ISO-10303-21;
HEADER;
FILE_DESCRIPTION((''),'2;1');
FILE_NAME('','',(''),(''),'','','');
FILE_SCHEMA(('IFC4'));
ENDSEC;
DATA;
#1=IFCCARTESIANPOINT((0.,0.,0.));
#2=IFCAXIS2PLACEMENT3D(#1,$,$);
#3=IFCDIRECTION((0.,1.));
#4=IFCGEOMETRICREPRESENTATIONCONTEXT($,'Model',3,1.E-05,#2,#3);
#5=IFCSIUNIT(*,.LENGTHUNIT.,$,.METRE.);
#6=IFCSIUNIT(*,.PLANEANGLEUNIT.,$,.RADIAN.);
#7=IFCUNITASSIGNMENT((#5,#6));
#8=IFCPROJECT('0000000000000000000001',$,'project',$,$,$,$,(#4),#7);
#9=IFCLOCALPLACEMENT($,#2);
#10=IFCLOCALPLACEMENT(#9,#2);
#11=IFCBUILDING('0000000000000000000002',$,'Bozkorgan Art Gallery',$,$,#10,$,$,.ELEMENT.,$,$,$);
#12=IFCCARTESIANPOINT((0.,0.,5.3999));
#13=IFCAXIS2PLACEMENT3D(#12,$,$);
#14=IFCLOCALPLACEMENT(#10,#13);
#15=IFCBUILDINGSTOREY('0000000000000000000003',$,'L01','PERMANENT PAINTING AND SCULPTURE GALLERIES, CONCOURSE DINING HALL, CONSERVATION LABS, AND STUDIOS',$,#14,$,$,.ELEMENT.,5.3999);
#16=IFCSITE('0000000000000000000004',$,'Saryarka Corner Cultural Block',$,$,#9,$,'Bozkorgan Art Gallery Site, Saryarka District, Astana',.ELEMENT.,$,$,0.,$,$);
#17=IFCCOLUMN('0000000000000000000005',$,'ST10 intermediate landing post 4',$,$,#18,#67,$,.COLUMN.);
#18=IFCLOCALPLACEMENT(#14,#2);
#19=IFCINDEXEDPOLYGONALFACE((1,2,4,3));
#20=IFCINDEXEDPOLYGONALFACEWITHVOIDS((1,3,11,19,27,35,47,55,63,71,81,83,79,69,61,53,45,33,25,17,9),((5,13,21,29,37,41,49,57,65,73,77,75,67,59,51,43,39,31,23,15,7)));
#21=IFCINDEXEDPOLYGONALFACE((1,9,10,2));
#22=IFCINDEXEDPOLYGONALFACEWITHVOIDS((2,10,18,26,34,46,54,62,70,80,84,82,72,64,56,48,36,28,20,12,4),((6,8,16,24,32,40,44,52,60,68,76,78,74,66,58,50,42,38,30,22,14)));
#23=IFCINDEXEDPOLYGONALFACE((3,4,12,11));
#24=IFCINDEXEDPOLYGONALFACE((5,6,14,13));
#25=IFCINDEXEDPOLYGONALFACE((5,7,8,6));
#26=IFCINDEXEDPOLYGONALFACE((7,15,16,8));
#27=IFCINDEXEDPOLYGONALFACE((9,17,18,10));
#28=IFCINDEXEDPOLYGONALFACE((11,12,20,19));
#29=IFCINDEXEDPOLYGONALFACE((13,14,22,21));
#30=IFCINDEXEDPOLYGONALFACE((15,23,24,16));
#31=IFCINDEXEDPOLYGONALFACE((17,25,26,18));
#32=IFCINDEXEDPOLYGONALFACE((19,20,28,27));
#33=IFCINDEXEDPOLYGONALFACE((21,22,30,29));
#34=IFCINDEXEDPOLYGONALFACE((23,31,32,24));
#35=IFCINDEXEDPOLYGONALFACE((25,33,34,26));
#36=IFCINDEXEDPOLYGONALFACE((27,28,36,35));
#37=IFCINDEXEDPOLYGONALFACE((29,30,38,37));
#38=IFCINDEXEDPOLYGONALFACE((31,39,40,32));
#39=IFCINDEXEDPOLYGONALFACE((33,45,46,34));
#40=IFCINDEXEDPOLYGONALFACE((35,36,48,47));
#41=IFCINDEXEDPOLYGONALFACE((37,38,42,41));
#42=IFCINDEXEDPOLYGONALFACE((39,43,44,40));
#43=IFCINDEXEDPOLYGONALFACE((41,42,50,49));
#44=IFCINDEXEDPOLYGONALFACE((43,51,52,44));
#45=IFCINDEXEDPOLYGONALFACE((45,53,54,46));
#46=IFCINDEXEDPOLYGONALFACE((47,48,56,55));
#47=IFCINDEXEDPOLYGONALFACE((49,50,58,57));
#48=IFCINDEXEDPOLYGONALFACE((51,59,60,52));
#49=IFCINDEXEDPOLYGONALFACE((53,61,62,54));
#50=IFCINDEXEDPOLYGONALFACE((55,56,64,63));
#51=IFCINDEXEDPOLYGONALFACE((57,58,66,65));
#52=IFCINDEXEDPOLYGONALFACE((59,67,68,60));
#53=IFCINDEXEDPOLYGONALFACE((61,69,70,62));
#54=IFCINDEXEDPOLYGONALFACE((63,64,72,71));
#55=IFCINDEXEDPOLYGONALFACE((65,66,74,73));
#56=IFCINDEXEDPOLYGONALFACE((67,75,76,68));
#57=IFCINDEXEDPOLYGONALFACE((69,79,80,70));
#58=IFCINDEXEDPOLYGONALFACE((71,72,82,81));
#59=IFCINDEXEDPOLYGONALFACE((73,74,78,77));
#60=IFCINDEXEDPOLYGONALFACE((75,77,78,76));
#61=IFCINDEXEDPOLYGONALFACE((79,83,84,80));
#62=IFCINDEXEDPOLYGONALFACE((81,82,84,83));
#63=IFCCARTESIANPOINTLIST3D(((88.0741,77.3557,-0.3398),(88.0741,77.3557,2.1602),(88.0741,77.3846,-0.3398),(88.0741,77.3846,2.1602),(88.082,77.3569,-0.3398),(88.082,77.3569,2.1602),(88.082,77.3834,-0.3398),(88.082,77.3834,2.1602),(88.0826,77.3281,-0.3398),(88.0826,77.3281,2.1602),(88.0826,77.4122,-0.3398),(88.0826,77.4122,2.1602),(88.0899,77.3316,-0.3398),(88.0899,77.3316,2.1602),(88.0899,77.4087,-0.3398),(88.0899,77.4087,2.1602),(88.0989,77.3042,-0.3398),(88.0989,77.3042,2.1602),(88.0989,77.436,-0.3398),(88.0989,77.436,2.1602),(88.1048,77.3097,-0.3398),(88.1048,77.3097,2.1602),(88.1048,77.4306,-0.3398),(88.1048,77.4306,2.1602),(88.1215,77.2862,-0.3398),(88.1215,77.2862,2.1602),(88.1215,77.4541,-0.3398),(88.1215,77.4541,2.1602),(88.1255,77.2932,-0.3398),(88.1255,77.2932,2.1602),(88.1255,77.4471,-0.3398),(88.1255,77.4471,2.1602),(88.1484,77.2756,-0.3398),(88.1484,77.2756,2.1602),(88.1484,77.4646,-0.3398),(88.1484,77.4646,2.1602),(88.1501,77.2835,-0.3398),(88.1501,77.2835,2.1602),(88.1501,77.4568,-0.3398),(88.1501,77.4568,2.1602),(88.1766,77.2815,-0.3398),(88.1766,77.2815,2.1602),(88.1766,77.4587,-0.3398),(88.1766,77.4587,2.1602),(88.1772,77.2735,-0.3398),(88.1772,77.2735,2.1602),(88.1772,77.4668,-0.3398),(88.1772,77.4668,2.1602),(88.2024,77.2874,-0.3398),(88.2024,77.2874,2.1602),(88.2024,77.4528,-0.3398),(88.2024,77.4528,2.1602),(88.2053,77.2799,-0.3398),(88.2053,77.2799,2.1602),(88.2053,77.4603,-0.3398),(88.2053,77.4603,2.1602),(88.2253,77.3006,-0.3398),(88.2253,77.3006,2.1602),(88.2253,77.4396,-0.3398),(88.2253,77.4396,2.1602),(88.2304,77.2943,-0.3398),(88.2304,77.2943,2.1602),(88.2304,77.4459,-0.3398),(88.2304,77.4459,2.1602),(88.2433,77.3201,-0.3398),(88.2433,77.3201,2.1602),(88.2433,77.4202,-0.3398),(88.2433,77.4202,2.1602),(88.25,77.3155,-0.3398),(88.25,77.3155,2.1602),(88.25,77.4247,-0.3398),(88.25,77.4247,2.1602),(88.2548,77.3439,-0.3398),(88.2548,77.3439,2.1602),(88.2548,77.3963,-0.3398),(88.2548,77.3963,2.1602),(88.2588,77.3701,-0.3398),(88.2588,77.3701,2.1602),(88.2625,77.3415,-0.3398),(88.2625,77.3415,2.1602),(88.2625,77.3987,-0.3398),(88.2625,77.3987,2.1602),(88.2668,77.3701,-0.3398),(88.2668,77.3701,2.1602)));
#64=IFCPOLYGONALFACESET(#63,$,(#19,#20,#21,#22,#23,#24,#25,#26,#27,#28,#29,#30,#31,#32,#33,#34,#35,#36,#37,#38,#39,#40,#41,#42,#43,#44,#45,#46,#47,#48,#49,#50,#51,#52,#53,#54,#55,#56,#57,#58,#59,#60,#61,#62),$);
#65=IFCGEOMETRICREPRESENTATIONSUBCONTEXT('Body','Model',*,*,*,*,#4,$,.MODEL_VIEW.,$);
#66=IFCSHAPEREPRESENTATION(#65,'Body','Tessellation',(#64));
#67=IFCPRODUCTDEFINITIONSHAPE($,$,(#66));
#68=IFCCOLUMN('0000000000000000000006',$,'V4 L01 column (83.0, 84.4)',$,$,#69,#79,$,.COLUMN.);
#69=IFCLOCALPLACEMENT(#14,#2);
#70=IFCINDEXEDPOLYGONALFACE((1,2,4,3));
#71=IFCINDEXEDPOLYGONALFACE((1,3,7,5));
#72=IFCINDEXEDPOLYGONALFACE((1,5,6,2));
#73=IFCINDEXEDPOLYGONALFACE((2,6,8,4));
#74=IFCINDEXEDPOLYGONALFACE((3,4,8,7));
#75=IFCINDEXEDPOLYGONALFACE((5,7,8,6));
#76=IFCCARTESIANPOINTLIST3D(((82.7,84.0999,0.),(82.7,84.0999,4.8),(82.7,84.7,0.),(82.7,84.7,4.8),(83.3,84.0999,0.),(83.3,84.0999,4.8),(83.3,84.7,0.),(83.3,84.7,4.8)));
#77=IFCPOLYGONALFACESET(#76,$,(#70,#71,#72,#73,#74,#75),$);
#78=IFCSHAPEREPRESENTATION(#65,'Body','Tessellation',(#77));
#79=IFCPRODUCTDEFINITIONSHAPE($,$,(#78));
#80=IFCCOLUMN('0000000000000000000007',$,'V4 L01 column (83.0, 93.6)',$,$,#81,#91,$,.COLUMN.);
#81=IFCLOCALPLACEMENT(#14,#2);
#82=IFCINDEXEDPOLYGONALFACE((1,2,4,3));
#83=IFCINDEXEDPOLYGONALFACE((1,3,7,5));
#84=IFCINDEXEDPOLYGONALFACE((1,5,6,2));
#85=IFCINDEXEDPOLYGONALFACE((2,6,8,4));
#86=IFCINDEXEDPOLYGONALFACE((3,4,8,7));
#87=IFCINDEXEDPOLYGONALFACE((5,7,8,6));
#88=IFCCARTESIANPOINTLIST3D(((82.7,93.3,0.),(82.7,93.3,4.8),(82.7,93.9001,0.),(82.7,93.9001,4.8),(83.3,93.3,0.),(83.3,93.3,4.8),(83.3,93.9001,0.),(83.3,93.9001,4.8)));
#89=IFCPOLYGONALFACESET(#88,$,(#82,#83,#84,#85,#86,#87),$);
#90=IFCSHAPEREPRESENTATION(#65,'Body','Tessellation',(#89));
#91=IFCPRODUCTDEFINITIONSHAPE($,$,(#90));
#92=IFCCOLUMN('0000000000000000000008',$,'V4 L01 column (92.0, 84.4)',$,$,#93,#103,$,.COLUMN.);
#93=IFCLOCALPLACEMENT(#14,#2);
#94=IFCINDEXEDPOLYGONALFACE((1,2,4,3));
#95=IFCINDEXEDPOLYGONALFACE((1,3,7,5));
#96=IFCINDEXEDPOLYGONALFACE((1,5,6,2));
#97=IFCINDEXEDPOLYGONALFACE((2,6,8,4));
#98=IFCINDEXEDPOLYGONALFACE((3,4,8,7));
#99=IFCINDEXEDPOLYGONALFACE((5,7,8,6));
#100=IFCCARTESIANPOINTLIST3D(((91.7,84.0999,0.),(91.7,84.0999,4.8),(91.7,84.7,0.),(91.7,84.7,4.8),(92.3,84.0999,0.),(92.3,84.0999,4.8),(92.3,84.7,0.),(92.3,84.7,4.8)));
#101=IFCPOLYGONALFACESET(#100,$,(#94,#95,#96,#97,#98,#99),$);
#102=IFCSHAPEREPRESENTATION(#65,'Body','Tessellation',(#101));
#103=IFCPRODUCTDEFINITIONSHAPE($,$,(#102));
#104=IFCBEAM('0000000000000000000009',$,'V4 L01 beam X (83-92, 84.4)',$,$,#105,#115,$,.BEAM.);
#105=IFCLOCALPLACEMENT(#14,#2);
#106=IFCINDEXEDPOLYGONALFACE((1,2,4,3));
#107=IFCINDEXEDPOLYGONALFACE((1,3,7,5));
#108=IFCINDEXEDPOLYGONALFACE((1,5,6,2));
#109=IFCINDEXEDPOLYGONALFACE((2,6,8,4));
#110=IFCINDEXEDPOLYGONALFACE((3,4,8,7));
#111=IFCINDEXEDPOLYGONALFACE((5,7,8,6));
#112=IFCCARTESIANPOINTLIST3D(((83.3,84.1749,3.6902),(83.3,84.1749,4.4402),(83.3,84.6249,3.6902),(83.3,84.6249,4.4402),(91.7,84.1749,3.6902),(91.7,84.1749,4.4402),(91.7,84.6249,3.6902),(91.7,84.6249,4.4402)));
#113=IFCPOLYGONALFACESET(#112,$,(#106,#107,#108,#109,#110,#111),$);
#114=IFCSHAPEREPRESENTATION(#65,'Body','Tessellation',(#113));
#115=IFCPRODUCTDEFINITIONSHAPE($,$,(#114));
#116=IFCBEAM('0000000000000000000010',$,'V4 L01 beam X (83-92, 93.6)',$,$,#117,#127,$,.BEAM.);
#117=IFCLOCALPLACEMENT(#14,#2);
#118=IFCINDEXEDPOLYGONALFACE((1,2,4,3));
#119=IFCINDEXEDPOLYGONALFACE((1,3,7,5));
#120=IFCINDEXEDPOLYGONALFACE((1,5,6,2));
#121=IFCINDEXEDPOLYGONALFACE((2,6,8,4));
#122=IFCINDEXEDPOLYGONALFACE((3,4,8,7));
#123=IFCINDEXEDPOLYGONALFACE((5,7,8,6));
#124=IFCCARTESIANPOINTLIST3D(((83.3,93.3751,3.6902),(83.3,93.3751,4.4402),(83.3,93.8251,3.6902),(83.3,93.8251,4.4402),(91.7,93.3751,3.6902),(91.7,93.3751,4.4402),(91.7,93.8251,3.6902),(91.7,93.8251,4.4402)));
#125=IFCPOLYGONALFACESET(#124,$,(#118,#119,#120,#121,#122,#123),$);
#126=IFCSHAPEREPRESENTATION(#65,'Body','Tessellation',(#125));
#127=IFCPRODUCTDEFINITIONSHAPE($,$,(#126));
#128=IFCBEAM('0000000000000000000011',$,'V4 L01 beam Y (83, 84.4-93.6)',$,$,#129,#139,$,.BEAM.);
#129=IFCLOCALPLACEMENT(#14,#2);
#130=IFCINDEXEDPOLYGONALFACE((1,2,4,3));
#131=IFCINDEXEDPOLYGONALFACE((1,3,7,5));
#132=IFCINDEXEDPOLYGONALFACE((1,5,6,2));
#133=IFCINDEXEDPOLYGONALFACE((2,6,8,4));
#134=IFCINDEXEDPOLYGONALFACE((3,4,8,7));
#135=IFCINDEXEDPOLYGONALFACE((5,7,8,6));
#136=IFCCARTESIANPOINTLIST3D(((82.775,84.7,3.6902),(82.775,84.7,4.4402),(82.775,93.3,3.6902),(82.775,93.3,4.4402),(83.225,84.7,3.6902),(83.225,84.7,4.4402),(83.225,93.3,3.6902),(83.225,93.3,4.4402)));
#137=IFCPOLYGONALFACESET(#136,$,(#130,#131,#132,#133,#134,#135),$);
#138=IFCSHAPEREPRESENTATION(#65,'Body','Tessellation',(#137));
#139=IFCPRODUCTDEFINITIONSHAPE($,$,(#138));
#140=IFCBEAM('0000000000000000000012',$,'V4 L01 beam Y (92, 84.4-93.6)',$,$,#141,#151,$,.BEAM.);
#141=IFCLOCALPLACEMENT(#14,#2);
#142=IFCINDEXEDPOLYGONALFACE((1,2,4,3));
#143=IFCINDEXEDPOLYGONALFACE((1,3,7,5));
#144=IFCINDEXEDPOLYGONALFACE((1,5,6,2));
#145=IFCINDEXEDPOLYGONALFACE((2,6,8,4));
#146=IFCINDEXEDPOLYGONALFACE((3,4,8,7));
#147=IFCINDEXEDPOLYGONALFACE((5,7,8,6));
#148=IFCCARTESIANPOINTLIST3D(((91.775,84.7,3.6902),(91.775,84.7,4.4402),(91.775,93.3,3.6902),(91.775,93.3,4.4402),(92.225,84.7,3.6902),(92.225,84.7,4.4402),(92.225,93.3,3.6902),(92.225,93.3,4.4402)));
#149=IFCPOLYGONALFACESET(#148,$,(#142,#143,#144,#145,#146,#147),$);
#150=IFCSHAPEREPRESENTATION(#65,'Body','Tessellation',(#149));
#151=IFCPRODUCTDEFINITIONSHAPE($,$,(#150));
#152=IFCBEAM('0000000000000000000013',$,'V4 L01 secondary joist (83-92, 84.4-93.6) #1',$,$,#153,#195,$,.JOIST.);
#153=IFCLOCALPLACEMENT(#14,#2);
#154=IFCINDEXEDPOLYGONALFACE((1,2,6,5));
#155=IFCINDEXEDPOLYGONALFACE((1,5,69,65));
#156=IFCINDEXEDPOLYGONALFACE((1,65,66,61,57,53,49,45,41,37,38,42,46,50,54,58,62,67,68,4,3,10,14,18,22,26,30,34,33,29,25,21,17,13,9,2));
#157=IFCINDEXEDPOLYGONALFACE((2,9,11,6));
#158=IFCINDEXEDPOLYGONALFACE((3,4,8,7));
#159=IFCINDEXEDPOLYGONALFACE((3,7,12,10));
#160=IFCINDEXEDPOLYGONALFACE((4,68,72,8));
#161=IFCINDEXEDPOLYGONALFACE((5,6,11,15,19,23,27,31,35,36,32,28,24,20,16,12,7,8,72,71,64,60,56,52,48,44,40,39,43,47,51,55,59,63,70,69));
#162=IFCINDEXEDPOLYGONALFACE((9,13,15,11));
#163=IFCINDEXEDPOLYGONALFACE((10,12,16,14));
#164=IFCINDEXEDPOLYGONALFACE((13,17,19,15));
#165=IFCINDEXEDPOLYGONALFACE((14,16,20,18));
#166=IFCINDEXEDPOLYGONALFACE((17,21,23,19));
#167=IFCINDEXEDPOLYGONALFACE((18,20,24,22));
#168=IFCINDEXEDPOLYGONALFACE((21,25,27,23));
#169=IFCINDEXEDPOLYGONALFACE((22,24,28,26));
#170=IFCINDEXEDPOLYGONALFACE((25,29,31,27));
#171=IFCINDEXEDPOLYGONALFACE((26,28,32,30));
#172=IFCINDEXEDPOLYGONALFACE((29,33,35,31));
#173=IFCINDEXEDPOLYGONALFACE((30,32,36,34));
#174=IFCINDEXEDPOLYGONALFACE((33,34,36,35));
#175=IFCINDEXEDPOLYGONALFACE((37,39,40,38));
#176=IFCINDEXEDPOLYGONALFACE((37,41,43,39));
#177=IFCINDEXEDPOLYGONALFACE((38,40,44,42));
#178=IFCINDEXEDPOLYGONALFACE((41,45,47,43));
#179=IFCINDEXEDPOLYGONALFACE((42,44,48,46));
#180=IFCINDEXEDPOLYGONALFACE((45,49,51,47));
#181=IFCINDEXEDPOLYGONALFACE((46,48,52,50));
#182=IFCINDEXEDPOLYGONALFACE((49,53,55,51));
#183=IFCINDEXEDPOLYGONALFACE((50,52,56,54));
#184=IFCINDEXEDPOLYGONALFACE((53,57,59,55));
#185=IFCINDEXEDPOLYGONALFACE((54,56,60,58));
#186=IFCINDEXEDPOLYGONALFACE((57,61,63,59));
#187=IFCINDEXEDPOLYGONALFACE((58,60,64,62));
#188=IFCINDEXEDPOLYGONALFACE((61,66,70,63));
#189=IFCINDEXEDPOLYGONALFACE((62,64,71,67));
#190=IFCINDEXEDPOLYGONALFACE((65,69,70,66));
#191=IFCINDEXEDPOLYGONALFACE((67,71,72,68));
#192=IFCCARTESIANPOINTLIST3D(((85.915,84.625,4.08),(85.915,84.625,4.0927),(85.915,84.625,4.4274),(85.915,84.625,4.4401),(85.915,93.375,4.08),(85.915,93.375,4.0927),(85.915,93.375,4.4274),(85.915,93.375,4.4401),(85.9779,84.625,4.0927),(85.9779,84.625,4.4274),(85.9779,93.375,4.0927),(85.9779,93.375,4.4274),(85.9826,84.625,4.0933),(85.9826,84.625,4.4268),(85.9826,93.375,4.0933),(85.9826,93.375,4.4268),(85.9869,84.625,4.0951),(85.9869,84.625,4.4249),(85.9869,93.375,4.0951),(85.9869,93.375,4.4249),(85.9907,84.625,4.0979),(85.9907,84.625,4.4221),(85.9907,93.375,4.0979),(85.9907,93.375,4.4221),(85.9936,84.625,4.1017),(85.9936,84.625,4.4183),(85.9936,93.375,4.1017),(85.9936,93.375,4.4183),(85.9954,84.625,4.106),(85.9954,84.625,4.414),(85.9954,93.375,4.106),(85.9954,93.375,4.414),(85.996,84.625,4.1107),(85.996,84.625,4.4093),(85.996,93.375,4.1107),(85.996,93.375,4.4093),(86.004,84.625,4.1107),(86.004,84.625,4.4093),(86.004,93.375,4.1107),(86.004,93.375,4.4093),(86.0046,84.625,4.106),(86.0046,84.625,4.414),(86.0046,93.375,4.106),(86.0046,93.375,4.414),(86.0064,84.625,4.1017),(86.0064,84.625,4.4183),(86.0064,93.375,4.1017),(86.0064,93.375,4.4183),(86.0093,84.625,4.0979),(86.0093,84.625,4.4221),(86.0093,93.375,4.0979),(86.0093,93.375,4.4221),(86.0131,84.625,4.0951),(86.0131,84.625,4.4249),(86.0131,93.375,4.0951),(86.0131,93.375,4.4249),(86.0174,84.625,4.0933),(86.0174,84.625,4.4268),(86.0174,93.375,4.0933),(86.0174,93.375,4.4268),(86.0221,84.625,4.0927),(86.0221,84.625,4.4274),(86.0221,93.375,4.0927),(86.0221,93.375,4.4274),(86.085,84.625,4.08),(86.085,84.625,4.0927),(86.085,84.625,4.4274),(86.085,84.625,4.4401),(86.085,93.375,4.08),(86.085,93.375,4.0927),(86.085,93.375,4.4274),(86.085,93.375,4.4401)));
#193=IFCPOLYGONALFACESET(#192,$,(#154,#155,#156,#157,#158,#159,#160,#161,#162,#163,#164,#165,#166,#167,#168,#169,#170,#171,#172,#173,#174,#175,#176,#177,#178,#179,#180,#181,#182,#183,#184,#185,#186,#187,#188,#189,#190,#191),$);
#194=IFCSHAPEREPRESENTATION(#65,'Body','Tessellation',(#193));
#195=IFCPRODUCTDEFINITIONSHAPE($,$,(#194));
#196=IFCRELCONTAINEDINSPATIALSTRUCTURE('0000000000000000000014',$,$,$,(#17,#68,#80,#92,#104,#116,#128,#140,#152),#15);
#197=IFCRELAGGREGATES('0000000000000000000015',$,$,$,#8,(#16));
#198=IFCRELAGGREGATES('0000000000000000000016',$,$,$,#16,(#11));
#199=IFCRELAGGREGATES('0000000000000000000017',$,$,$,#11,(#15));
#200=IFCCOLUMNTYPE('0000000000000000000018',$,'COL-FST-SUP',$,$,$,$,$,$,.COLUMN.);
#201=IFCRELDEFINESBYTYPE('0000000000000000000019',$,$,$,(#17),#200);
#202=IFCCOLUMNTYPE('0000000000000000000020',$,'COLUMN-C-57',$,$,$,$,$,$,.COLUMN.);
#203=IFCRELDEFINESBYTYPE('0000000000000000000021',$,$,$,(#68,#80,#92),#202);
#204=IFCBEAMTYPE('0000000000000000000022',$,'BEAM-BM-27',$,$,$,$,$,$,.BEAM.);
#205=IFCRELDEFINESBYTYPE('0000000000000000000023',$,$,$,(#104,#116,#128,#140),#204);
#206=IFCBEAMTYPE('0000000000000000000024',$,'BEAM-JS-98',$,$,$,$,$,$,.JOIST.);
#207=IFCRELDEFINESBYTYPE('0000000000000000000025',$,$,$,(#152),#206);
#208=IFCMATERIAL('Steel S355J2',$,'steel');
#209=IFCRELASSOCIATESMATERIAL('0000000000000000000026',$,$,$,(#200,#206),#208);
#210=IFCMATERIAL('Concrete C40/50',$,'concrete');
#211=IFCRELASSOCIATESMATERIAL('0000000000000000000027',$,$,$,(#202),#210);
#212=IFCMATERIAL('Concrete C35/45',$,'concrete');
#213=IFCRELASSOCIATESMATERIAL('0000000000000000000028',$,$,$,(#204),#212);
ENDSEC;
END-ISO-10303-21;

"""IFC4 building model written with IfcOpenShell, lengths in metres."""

from ifc_helpers import new_model, si_unit, direction, frame, origin, origin_2d, place, context, subcontext, project, spatial, rectangle, hollow_circle, i_section, extrude, material, material_profile, profile_set, type_object, element, save


model = new_model("IFC4")

# Units and contexts
model_context = context("Model", 3, precision=1e-05, world=origin(), true_north=direction((0.0, 1.0)))
body_context = subcontext(model_context, "Body", "Model", "MODEL_VIEW")
ifc_project = project(units=[si_unit("LENGTHUNIT", "METRE"), si_unit("PLANEANGLEUNIT", "RADIAN")], contexts=[model_context])

# Site, building, storey
site_placement = place(None, origin())
site = spatial("IfcSite", under=ifc_project, at=site_placement, Name="Saryarka Corner Cultural Block", LongName="Bozkorgan Art Gallery Site, Saryarka District, Astana", CompositionType="ELEMENT", RefElevation=0.0)
building_placement = place(site_placement, origin())
building = spatial("IfcBuilding", under=site, at=building_placement, Name="Bozkorgan Art Gallery", CompositionType="ELEMENT")
storey_placement = place(building_placement, frame((0.0, 0.0, 5.3999)))
storey = spatial("IfcBuildingStorey", under=building, at=storey_placement, Name="L01", Description="PERMANENT PAINTING AND SCULPTURE GALLERIES, CONCOURSE DINING HALL, CONSERVATION LABS, AND STUDIOS", CompositionType="ELEMENT", Elevation=5.3999)

# Columns
ifc_material_1 = material(Name="Steel S355J2", Category="steel")
ifc_material_profile_1 = material_profile(ifc_material_1, hollow_circle(Radius=0.0969, WallThickness=0.0081, at=origin_2d()), Name="CHS 193.7x8")
ifc_profile_set_1 = profile_set([ifc_material_profile_1], Name="Steel S355J2")
column_type_1 = type_object("IfcColumnType", Name="COL-FST-SUP", PredefinedType="COLUMN", material=ifc_profile_set_1)
for number, where, z_axis, x_axis, name in (
    (1, (88.1699, 77.3701, -0.3398), (0.0, 0.0, 1.0), (1.0, 0.0, 0.0), "ST10 intermediate landing post 4"),
):
    element("IfcColumn", number, at=place(storey_placement, frame(where, z_axis=z_axis, x_axis=x_axis)), inside=storey, type_object=column_type_1, Name=name, PredefinedType="COLUMN", context=body_context, shape_type="SweptSolid", body=[
        extrude(hollow_circle(Radius=0.0969, WallThickness=0.0081, at=origin_2d()), origin(), (0.0, 0.0, 1.0), 2.5),
    ])
ifc_material_2 = material(Name="Concrete C40/50", Category="concrete")
ifc_material_profile_2 = material_profile(ifc_material_2, rectangle(XDim=0.6001, YDim=0.6001, at=origin_2d()), Name="RC 600x600")
ifc_profile_set_2 = profile_set([ifc_material_profile_2], Name="Concrete C40/50")
column_type_2 = type_object("IfcColumnType", Name="COLUMN-C-57", PredefinedType="COLUMN", material=ifc_profile_set_2)
for number, where, z_axis, x_axis, name in (
    (2, (83.0, 84.3999, 0.0), (0.0, 0.0, 1.0), (1.0, 0.0, 0.0), "V4 L01 column (83.0, 84.4)"),
    (3, (83.0, 93.6001, 0.0), (0.0, 0.0, 1.0), (1.0, 0.0, 0.0), "V4 L01 column (83.0, 93.6)"),
    (4, (92.0, 84.3999, 0.0), (0.0, 0.0, 1.0), (1.0, 0.0, 0.0), "V4 L01 column (92.0, 84.4)"),
):
    element("IfcColumn", number, at=place(storey_placement, frame(where, z_axis=z_axis, x_axis=x_axis)), inside=storey, type_object=column_type_2, Name=name, PredefinedType="COLUMN", context=body_context, shape_type="SweptSolid", body=[
        extrude(rectangle(XDim=0.6001, YDim=0.6001, at=origin_2d()), origin(), (0.0, 0.0, 1.0), 4.8),
    ])

# Beams
ifc_material_3 = material(Name="Concrete C35/45", Category="concrete")
ifc_material_profile_3 = material_profile(ifc_material_3, rectangle(XDim=0.45, YDim=0.75, at=origin_2d()), Name="RC 450x750")
ifc_profile_set_3 = profile_set([ifc_material_profile_3], Name="Concrete C35/45")
beam_type_1 = type_object("IfcBeamType", Name="BEAM-BM-27", PredefinedType="BEAM", material=ifc_profile_set_3)
for number, where, z_axis, x_axis, name in (
    (5, (83.3, 84.3999, 4.0652), (1.0, 0.0, 0.0), (0.0, 1.0, 0.0), "V4 L01 beam X (83-92, 84.4)"),
    (6, (83.3, 93.6001, 4.0652), (1.0, 0.0, 0.0), (0.0, 1.0, 0.0), "V4 L01 beam X (83-92, 93.6)"),
):
    element("IfcBeam", number, at=place(storey_placement, frame(where, z_axis=z_axis, x_axis=x_axis)), inside=storey, type_object=beam_type_1, Name=name, PredefinedType="BEAM", context=body_context, shape_type="SweptSolid", body=[
        extrude(rectangle(XDim=0.45, YDim=0.75, at=origin_2d()), origin(), (0.0, 0.0, 1.0), 8.3999),
    ])
for number, where, z_axis, x_axis, name in (
    (7, (83.0, 84.7, 4.0652), (0.0, 1.0, 0.0), (-1.0, 0.0, 0.0), "V4 L01 beam Y (83, 84.4-93.6)"),
    (8, (92.0, 84.7, 4.0652), (0.0, 1.0, 0.0), (-1.0, 0.0, 0.0), "V4 L01 beam Y (92, 84.4-93.6)"),
):
    element("IfcBeam", number, at=place(storey_placement, frame(where, z_axis=z_axis, x_axis=x_axis)), inside=storey, type_object=beam_type_1, Name=name, PredefinedType="BEAM", context=body_context, shape_type="SweptSolid", body=[
        extrude(rectangle(XDim=0.45, YDim=0.75, at=origin_2d()), origin(), (0.0, 0.0, 1.0), 8.6001),
    ])
ifc_material_profile_4 = material_profile(ifc_material_1, i_section(OverallWidth=0.1699, OverallDepth=0.3601, WebThickness=0.0081, FlangeThickness=0.0127, FilletRadius=0.0181, at=origin_2d()), Name="IPE 360")
ifc_profile_set_4 = profile_set([ifc_material_profile_4], Name="Steel S355J2")
beam_type_2 = type_object("IfcBeamType", Name="BEAM-JS-98", PredefinedType="JOIST", material=ifc_profile_set_4)
for number, where, z_axis, x_axis, name in (
    (9, (86.0, 84.625, 4.26), (0.0, 1.0, 0.0), (-1.0, 0.0, 0.0), "V4 L01 secondary joist (83-92, 84.4-93.6) #1"),
):
    element("IfcBeam", number, at=place(storey_placement, frame(where, z_axis=z_axis, x_axis=x_axis)), inside=storey, type_object=beam_type_2, Name=name, PredefinedType="JOIST", context=body_context, shape_type="SweptSolid", body=[
        extrude(i_section(OverallWidth=0.1699, OverallDepth=0.3601, WebThickness=0.0081, FlangeThickness=0.0127, FilletRadius=0.0181, at=origin_2d()), origin(), (0.0, 0.0, 1.0), 8.75),
    ])

save(model, "model.ifc")
